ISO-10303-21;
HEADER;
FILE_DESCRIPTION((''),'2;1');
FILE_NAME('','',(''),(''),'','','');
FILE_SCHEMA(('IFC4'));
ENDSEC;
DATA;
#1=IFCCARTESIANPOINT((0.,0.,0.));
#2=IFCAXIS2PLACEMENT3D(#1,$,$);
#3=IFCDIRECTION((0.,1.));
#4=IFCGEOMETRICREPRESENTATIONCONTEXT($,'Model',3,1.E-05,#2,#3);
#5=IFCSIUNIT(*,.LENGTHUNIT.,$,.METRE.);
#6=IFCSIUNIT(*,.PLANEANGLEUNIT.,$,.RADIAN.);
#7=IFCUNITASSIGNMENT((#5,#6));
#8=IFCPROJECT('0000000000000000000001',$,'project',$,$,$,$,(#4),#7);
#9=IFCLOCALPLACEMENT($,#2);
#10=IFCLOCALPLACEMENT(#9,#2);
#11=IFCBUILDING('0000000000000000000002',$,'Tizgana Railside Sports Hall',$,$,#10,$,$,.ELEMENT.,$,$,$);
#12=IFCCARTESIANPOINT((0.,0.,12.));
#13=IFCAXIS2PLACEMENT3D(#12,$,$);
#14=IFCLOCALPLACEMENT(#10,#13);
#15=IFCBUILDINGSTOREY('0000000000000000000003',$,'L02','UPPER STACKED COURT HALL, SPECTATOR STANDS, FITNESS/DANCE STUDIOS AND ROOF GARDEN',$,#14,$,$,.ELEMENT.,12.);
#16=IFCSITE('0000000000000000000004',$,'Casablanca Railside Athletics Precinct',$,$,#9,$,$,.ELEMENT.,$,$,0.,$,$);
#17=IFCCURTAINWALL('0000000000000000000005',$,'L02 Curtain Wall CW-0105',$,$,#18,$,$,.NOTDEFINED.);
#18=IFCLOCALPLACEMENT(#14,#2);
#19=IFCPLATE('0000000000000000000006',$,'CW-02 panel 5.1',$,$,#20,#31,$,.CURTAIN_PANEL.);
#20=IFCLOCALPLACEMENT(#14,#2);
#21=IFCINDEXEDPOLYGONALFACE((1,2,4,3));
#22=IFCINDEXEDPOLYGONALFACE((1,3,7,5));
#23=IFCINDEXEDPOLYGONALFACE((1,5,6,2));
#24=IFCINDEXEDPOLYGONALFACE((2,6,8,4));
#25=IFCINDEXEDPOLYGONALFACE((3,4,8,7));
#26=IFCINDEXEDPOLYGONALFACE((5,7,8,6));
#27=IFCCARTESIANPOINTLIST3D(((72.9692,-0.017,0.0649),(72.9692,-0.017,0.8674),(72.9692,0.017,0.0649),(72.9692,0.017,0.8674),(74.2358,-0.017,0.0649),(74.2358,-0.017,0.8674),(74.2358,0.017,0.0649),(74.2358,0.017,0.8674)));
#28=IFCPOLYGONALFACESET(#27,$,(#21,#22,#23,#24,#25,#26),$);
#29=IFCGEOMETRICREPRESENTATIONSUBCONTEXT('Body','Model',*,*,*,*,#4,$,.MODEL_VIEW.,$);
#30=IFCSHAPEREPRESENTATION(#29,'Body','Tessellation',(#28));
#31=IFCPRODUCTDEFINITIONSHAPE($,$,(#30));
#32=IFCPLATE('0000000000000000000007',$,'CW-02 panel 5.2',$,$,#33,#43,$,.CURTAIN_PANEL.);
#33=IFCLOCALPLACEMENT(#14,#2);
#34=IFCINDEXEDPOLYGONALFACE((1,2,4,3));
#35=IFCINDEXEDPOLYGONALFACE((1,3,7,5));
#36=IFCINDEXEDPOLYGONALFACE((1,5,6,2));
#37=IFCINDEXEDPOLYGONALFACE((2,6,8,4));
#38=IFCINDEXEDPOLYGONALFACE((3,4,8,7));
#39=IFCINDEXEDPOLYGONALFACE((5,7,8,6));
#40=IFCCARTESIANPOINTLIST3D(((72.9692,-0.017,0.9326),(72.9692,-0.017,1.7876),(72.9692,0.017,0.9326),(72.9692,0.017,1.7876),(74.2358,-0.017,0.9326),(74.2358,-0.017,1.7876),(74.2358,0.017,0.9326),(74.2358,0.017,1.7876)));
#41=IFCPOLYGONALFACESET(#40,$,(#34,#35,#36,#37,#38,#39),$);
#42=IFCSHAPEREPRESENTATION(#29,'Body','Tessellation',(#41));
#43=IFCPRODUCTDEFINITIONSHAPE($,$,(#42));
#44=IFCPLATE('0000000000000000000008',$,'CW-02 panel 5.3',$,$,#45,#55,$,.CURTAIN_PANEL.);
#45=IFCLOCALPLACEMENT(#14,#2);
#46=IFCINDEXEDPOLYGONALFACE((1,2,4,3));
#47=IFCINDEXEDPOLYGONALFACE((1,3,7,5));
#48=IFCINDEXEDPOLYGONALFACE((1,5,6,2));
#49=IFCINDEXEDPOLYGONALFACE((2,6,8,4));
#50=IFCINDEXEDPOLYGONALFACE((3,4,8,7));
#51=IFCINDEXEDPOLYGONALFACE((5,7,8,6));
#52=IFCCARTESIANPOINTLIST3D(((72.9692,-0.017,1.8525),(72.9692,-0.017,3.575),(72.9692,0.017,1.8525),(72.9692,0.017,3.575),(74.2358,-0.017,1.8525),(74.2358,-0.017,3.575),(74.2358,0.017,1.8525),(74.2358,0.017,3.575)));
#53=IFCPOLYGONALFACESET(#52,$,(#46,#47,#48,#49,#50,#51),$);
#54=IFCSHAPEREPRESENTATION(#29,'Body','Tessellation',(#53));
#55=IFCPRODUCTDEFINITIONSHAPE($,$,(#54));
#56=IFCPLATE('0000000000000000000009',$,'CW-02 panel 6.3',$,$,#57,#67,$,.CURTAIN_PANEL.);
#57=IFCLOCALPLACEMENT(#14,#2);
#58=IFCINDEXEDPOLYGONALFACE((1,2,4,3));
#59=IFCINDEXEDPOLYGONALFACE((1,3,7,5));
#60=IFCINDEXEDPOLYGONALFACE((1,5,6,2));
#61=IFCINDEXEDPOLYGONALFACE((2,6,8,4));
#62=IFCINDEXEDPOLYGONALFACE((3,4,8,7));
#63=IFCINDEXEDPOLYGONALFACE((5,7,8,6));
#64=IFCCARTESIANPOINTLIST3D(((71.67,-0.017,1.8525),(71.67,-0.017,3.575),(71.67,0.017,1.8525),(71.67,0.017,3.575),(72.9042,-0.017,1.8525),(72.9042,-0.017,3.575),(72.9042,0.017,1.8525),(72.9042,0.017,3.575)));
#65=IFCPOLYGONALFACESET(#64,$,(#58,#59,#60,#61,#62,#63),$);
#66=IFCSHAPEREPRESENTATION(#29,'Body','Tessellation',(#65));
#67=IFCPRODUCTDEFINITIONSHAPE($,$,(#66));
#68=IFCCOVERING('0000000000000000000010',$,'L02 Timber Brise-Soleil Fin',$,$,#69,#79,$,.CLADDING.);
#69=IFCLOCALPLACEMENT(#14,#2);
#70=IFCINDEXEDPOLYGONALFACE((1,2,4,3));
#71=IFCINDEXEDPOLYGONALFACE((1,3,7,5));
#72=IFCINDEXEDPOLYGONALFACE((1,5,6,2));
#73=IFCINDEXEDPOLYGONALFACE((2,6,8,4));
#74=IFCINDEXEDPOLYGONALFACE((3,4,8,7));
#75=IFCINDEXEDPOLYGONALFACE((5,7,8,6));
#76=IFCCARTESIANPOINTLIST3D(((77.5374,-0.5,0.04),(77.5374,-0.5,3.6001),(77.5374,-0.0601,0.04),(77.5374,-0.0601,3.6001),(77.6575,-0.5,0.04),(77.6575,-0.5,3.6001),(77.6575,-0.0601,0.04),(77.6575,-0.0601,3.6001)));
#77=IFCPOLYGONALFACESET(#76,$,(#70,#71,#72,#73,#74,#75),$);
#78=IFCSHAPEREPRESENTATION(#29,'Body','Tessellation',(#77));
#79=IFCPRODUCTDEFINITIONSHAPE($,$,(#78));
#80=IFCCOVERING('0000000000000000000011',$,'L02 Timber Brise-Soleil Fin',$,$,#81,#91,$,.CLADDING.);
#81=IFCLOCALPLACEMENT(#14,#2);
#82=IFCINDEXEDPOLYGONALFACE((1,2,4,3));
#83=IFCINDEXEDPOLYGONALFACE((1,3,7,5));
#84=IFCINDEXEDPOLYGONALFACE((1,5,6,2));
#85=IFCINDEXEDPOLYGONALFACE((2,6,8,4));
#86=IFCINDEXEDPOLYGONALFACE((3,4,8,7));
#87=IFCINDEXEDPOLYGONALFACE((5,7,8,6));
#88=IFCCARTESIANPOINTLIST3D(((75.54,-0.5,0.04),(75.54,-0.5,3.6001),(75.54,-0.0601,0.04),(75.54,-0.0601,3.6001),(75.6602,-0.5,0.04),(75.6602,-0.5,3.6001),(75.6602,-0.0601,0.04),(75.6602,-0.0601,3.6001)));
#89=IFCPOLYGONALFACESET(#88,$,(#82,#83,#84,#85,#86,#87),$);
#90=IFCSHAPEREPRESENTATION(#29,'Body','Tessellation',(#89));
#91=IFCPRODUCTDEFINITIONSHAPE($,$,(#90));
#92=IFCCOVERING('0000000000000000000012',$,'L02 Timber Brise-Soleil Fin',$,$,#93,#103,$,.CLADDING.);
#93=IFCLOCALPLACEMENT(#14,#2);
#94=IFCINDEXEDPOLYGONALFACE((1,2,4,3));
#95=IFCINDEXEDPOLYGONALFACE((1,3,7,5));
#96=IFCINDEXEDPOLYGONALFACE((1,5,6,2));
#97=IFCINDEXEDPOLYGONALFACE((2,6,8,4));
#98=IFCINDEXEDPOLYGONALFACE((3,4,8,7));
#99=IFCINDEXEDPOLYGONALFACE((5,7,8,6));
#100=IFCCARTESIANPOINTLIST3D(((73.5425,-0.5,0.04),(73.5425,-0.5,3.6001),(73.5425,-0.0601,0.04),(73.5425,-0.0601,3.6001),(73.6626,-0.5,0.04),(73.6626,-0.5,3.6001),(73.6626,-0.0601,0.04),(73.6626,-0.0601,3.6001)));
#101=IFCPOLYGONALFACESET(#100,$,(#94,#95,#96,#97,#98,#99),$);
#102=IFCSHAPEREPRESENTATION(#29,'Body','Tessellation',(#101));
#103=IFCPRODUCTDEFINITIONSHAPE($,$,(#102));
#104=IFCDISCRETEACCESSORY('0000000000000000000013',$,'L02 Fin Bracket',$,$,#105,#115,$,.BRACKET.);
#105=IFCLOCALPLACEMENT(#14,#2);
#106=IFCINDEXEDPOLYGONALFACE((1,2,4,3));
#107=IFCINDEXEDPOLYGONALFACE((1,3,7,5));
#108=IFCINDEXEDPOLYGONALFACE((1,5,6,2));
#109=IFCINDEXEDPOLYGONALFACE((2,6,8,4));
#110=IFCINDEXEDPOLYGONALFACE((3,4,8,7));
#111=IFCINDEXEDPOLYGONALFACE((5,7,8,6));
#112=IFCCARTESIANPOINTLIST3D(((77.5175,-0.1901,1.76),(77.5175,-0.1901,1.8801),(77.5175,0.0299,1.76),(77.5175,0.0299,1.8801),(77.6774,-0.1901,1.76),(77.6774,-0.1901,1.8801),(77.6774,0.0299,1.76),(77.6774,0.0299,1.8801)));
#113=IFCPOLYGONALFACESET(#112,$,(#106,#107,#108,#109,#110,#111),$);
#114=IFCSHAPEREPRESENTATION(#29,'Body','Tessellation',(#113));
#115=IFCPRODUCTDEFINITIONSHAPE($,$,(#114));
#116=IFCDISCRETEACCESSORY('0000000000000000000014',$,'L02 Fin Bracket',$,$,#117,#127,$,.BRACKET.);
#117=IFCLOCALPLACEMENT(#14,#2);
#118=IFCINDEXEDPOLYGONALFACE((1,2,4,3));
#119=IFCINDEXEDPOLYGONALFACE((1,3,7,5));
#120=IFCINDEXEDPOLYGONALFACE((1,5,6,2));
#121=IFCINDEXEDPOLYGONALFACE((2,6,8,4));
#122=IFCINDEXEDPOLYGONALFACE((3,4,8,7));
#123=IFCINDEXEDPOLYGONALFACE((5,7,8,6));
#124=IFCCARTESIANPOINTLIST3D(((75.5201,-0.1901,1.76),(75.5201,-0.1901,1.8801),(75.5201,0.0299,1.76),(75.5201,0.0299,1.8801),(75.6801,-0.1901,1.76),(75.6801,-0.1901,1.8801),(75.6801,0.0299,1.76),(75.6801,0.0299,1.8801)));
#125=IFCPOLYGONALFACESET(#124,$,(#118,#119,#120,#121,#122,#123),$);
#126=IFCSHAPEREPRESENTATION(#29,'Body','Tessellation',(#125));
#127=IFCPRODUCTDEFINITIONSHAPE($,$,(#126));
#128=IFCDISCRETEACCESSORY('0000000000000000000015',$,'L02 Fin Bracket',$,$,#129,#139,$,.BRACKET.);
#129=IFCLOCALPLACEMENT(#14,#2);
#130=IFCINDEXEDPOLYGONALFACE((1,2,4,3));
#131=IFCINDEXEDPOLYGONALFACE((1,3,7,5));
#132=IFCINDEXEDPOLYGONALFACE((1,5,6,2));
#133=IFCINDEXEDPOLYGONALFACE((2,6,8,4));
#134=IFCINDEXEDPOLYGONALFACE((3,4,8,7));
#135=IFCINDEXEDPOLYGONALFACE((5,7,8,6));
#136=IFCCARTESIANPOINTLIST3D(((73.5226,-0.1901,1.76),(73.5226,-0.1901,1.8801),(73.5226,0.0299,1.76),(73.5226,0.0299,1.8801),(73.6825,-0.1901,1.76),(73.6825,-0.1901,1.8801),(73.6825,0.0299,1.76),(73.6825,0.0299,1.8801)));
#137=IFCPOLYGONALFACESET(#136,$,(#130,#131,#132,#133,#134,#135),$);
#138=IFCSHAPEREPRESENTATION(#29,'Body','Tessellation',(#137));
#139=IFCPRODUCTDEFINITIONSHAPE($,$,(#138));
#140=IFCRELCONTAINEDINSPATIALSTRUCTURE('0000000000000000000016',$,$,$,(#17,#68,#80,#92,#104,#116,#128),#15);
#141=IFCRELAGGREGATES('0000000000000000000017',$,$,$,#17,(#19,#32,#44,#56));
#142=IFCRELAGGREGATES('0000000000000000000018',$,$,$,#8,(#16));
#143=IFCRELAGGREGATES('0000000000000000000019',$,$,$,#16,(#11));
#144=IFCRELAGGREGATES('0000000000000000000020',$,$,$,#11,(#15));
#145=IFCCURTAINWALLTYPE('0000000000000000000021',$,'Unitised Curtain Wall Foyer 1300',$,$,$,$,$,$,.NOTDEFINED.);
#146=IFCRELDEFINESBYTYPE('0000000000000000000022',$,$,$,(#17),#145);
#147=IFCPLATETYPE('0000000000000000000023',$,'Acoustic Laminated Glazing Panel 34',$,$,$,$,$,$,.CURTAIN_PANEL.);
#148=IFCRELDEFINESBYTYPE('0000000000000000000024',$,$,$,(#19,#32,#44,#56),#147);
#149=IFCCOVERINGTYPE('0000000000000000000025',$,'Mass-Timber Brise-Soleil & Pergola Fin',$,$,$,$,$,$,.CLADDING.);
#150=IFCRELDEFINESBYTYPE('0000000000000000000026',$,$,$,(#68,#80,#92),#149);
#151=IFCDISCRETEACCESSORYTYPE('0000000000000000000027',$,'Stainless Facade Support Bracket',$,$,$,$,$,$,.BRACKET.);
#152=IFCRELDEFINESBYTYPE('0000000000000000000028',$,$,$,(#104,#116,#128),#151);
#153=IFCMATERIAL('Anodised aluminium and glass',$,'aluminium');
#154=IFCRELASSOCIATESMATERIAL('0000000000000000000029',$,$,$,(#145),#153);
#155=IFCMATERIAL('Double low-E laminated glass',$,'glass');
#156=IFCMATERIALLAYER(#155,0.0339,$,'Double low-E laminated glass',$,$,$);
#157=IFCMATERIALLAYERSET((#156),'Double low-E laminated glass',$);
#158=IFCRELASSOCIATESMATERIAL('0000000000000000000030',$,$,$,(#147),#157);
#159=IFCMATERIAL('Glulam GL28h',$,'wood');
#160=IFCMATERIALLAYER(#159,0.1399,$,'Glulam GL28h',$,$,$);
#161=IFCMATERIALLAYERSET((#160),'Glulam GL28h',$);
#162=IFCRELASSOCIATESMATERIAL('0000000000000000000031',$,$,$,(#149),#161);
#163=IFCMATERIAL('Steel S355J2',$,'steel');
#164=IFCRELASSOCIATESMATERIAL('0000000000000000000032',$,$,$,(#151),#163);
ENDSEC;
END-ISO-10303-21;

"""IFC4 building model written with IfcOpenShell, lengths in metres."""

from ifc_helpers import new_model, si_unit, direction, frame, origin, origin_2d, place, context, subcontext, project, spatial, rectangle, extrude, material, layer, layer_set, type_object, element, aggregate, save


model = new_model("IFC4")

# Units and contexts
model_context = context("Model", 3, precision=1e-05, world=origin(), true_north=direction((0.0, 1.0)))
body_context = subcontext(model_context, "Body", "Model", "MODEL_VIEW")
ifc_project = project(units=[si_unit("LENGTHUNIT", "METRE"), si_unit("PLANEANGLEUNIT", "RADIAN")], contexts=[model_context])

# Site, building, storey
site_placement = place(None, origin())
site = spatial("IfcSite", under=ifc_project, at=site_placement, Name="Casablanca Railside Athletics Precinct", CompositionType="ELEMENT", RefElevation=0.0)
building_placement = place(site_placement, origin())
building = spatial("IfcBuilding", under=site, at=building_placement, Name="Tizgana Railside Sports Hall", CompositionType="ELEMENT")
storey_placement = place(building_placement, frame((0.0, 0.0, 12.0)))
storey = spatial("IfcBuildingStorey", under=building, at=storey_placement, Name="L02", Description="UPPER STACKED COURT HALL, SPECTATOR STANDS, FITNESS/DANCE STUDIOS AND ROOF GARDEN", CompositionType="ELEMENT", Elevation=12.0)

# Curtain wall, plates
ifc_material_1 = material(Name="Anodised aluminium and glass", Category="aluminium")
curtain_wall_type = type_object("IfcCurtainWallType", Name="Unitised Curtain Wall Foyer 1300", PredefinedType="NOTDEFINED", material=ifc_material_1)
curtain_wall_placement = place(storey_placement, origin())
curtain_wall = element("IfcCurtainWall", 1, at=curtain_wall_placement, inside=storey, type_object=curtain_wall_type, Name="L02 Curtain Wall CW-0105", PredefinedType="NOTDEFINED")
ifc_material_2 = material(Name="Double low-E laminated glass", Category="glass")
ifc_layer_1 = layer(ifc_material_2, 0.0339, Name="Double low-E laminated glass")
ifc_layer_set_1 = layer_set([ifc_layer_1], Name="Double low-E laminated glass")
plate_type = type_object("IfcPlateType", Name="Acoustic Laminated Glazing Panel 34", PredefinedType="CURTAIN_PANEL", material=ifc_layer_set_1)
plate_1_placement = place(storey_placement, frame((73.6025, 0.0, 0.0649), z_axis=(0.0, 0.0, 1.0), x_axis=(-1.0, 0.0, 0.0)))
plate_1 = element("IfcPlate", 2, at=plate_1_placement, type_object=plate_type, Name="CW-02 panel 5.1", PredefinedType="CURTAIN_PANEL", context=body_context, shape_type="SweptSolid", body=[
    extrude(rectangle(XDim=1.2666, YDim=0.0339, at=origin_2d()), origin(), (0.0, 0.0, 1.0), 0.8025),
])
plate_2_placement = place(storey_placement, frame((73.6025, 0.0, 0.9326), z_axis=(0.0, 0.0, 1.0), x_axis=(-1.0, 0.0, 0.0)))
plate_2 = element("IfcPlate", 3, at=plate_2_placement, type_object=plate_type, Name="CW-02 panel 5.2", PredefinedType="CURTAIN_PANEL", context=body_context, shape_type="SweptSolid", body=[
    extrude(rectangle(XDim=1.2666, YDim=0.0339, at=origin_2d()), origin(), (0.0, 0.0, 1.0), 0.855),
])
plate_3_placement = place(storey_placement, frame((73.6025, 0.0, 1.8525), z_axis=(0.0, 0.0, 1.0), x_axis=(-1.0, 0.0, 0.0)))
plate_3 = element("IfcPlate", 4, at=plate_3_placement, type_object=plate_type, Name="CW-02 panel 5.3", PredefinedType="CURTAIN_PANEL", context=body_context, shape_type="SweptSolid", body=[
    extrude(rectangle(XDim=1.2666, YDim=0.0339, at=origin_2d()), origin(), (0.0, 0.0, 1.0), 1.7224),
])
plate_4_placement = place(storey_placement, frame((72.2871, 0.0, 1.8525), z_axis=(0.0, 0.0, 1.0), x_axis=(-1.0, 0.0, 0.0)))
plate_4 = element("IfcPlate", 5, at=plate_4_placement, type_object=plate_type, Name="CW-02 panel 6.3", PredefinedType="CURTAIN_PANEL", context=body_context, shape_type="SweptSolid", body=[
    extrude(rectangle(XDim=1.2341, YDim=0.0339, at=origin_2d()), origin(), (0.0, 0.0, 1.0), 1.7224),
])
aggregate(curtain_wall, [plate_1, plate_2, plate_3, plate_4])

# Coverings
ifc_material_3 = material(Name="Glulam GL28h", Category="wood")
ifc_layer_2 = layer(ifc_material_3, 0.1399, Name="Glulam GL28h")
ifc_layer_set_2 = layer_set([ifc_layer_2], Name="Glulam GL28h")
covering_type = type_object("IfcCoveringType", Name="Mass-Timber Brise-Soleil & Pergola Fin", PredefinedType="CLADDING", material=ifc_layer_set_2)
for number, where, z_axis, x_axis, name in (
    (6, (77.5974, -0.28, 0.04), (0.0, 0.0, 1.0), (-1.0, 0.0, 0.0), "L02 Timber Brise-Soleil Fin"),
    (7, (75.6001, -0.28, 0.04), (0.0, 0.0, 1.0), (-1.0, 0.0, 0.0), "L02 Timber Brise-Soleil Fin"),
    (8, (73.6025, -0.28, 0.04), (0.0, 0.0, 1.0), (-1.0, 0.0, 0.0), "L02 Timber Brise-Soleil Fin"),
):
    element("IfcCovering", number, at=place(storey_placement, frame(where, z_axis=z_axis, x_axis=x_axis)), inside=storey, type_object=covering_type, Name=name, PredefinedType="CLADDING", context=body_context, shape_type="SweptSolid", body=[
        extrude(rectangle(XDim=0.1201, YDim=0.4399, at=origin_2d()), origin(), (0.0, 0.0, 1.0), 3.5601),
    ])

# Discrete accessories
ifc_material_4 = material(Name="Steel S355J2", Category="steel")
discrete_accessory_type = type_object("IfcDiscreteAccessoryType", Name="Stainless Facade Support Bracket", PredefinedType="BRACKET", material=ifc_material_4)
for number, where, z_axis, x_axis, name in (
    (9, (77.5974, -0.0801, 1.76), (0.0, 0.0, 1.0), (-1.0, 0.0, 0.0), "L02 Fin Bracket"),
    (10, (75.6001, -0.0801, 1.76), (0.0, 0.0, 1.0), (-1.0, 0.0, 0.0), "L02 Fin Bracket"),
    (11, (73.6025, -0.0801, 1.76), (0.0, 0.0, 1.0), (-1.0, 0.0, 0.0), "L02 Fin Bracket"),
):
    element("IfcDiscreteAccessory", number, at=place(storey_placement, frame(where, z_axis=z_axis, x_axis=x_axis)), inside=storey, type_object=discrete_accessory_type, Name=name, PredefinedType="BRACKET", context=body_context, shape_type="SweptSolid", body=[
        extrude(rectangle(XDim=0.1599, YDim=0.22, at=origin_2d()), origin(), (0.0, 0.0, 1.0), 0.1201),
    ])

save(model, "model.ifc")
